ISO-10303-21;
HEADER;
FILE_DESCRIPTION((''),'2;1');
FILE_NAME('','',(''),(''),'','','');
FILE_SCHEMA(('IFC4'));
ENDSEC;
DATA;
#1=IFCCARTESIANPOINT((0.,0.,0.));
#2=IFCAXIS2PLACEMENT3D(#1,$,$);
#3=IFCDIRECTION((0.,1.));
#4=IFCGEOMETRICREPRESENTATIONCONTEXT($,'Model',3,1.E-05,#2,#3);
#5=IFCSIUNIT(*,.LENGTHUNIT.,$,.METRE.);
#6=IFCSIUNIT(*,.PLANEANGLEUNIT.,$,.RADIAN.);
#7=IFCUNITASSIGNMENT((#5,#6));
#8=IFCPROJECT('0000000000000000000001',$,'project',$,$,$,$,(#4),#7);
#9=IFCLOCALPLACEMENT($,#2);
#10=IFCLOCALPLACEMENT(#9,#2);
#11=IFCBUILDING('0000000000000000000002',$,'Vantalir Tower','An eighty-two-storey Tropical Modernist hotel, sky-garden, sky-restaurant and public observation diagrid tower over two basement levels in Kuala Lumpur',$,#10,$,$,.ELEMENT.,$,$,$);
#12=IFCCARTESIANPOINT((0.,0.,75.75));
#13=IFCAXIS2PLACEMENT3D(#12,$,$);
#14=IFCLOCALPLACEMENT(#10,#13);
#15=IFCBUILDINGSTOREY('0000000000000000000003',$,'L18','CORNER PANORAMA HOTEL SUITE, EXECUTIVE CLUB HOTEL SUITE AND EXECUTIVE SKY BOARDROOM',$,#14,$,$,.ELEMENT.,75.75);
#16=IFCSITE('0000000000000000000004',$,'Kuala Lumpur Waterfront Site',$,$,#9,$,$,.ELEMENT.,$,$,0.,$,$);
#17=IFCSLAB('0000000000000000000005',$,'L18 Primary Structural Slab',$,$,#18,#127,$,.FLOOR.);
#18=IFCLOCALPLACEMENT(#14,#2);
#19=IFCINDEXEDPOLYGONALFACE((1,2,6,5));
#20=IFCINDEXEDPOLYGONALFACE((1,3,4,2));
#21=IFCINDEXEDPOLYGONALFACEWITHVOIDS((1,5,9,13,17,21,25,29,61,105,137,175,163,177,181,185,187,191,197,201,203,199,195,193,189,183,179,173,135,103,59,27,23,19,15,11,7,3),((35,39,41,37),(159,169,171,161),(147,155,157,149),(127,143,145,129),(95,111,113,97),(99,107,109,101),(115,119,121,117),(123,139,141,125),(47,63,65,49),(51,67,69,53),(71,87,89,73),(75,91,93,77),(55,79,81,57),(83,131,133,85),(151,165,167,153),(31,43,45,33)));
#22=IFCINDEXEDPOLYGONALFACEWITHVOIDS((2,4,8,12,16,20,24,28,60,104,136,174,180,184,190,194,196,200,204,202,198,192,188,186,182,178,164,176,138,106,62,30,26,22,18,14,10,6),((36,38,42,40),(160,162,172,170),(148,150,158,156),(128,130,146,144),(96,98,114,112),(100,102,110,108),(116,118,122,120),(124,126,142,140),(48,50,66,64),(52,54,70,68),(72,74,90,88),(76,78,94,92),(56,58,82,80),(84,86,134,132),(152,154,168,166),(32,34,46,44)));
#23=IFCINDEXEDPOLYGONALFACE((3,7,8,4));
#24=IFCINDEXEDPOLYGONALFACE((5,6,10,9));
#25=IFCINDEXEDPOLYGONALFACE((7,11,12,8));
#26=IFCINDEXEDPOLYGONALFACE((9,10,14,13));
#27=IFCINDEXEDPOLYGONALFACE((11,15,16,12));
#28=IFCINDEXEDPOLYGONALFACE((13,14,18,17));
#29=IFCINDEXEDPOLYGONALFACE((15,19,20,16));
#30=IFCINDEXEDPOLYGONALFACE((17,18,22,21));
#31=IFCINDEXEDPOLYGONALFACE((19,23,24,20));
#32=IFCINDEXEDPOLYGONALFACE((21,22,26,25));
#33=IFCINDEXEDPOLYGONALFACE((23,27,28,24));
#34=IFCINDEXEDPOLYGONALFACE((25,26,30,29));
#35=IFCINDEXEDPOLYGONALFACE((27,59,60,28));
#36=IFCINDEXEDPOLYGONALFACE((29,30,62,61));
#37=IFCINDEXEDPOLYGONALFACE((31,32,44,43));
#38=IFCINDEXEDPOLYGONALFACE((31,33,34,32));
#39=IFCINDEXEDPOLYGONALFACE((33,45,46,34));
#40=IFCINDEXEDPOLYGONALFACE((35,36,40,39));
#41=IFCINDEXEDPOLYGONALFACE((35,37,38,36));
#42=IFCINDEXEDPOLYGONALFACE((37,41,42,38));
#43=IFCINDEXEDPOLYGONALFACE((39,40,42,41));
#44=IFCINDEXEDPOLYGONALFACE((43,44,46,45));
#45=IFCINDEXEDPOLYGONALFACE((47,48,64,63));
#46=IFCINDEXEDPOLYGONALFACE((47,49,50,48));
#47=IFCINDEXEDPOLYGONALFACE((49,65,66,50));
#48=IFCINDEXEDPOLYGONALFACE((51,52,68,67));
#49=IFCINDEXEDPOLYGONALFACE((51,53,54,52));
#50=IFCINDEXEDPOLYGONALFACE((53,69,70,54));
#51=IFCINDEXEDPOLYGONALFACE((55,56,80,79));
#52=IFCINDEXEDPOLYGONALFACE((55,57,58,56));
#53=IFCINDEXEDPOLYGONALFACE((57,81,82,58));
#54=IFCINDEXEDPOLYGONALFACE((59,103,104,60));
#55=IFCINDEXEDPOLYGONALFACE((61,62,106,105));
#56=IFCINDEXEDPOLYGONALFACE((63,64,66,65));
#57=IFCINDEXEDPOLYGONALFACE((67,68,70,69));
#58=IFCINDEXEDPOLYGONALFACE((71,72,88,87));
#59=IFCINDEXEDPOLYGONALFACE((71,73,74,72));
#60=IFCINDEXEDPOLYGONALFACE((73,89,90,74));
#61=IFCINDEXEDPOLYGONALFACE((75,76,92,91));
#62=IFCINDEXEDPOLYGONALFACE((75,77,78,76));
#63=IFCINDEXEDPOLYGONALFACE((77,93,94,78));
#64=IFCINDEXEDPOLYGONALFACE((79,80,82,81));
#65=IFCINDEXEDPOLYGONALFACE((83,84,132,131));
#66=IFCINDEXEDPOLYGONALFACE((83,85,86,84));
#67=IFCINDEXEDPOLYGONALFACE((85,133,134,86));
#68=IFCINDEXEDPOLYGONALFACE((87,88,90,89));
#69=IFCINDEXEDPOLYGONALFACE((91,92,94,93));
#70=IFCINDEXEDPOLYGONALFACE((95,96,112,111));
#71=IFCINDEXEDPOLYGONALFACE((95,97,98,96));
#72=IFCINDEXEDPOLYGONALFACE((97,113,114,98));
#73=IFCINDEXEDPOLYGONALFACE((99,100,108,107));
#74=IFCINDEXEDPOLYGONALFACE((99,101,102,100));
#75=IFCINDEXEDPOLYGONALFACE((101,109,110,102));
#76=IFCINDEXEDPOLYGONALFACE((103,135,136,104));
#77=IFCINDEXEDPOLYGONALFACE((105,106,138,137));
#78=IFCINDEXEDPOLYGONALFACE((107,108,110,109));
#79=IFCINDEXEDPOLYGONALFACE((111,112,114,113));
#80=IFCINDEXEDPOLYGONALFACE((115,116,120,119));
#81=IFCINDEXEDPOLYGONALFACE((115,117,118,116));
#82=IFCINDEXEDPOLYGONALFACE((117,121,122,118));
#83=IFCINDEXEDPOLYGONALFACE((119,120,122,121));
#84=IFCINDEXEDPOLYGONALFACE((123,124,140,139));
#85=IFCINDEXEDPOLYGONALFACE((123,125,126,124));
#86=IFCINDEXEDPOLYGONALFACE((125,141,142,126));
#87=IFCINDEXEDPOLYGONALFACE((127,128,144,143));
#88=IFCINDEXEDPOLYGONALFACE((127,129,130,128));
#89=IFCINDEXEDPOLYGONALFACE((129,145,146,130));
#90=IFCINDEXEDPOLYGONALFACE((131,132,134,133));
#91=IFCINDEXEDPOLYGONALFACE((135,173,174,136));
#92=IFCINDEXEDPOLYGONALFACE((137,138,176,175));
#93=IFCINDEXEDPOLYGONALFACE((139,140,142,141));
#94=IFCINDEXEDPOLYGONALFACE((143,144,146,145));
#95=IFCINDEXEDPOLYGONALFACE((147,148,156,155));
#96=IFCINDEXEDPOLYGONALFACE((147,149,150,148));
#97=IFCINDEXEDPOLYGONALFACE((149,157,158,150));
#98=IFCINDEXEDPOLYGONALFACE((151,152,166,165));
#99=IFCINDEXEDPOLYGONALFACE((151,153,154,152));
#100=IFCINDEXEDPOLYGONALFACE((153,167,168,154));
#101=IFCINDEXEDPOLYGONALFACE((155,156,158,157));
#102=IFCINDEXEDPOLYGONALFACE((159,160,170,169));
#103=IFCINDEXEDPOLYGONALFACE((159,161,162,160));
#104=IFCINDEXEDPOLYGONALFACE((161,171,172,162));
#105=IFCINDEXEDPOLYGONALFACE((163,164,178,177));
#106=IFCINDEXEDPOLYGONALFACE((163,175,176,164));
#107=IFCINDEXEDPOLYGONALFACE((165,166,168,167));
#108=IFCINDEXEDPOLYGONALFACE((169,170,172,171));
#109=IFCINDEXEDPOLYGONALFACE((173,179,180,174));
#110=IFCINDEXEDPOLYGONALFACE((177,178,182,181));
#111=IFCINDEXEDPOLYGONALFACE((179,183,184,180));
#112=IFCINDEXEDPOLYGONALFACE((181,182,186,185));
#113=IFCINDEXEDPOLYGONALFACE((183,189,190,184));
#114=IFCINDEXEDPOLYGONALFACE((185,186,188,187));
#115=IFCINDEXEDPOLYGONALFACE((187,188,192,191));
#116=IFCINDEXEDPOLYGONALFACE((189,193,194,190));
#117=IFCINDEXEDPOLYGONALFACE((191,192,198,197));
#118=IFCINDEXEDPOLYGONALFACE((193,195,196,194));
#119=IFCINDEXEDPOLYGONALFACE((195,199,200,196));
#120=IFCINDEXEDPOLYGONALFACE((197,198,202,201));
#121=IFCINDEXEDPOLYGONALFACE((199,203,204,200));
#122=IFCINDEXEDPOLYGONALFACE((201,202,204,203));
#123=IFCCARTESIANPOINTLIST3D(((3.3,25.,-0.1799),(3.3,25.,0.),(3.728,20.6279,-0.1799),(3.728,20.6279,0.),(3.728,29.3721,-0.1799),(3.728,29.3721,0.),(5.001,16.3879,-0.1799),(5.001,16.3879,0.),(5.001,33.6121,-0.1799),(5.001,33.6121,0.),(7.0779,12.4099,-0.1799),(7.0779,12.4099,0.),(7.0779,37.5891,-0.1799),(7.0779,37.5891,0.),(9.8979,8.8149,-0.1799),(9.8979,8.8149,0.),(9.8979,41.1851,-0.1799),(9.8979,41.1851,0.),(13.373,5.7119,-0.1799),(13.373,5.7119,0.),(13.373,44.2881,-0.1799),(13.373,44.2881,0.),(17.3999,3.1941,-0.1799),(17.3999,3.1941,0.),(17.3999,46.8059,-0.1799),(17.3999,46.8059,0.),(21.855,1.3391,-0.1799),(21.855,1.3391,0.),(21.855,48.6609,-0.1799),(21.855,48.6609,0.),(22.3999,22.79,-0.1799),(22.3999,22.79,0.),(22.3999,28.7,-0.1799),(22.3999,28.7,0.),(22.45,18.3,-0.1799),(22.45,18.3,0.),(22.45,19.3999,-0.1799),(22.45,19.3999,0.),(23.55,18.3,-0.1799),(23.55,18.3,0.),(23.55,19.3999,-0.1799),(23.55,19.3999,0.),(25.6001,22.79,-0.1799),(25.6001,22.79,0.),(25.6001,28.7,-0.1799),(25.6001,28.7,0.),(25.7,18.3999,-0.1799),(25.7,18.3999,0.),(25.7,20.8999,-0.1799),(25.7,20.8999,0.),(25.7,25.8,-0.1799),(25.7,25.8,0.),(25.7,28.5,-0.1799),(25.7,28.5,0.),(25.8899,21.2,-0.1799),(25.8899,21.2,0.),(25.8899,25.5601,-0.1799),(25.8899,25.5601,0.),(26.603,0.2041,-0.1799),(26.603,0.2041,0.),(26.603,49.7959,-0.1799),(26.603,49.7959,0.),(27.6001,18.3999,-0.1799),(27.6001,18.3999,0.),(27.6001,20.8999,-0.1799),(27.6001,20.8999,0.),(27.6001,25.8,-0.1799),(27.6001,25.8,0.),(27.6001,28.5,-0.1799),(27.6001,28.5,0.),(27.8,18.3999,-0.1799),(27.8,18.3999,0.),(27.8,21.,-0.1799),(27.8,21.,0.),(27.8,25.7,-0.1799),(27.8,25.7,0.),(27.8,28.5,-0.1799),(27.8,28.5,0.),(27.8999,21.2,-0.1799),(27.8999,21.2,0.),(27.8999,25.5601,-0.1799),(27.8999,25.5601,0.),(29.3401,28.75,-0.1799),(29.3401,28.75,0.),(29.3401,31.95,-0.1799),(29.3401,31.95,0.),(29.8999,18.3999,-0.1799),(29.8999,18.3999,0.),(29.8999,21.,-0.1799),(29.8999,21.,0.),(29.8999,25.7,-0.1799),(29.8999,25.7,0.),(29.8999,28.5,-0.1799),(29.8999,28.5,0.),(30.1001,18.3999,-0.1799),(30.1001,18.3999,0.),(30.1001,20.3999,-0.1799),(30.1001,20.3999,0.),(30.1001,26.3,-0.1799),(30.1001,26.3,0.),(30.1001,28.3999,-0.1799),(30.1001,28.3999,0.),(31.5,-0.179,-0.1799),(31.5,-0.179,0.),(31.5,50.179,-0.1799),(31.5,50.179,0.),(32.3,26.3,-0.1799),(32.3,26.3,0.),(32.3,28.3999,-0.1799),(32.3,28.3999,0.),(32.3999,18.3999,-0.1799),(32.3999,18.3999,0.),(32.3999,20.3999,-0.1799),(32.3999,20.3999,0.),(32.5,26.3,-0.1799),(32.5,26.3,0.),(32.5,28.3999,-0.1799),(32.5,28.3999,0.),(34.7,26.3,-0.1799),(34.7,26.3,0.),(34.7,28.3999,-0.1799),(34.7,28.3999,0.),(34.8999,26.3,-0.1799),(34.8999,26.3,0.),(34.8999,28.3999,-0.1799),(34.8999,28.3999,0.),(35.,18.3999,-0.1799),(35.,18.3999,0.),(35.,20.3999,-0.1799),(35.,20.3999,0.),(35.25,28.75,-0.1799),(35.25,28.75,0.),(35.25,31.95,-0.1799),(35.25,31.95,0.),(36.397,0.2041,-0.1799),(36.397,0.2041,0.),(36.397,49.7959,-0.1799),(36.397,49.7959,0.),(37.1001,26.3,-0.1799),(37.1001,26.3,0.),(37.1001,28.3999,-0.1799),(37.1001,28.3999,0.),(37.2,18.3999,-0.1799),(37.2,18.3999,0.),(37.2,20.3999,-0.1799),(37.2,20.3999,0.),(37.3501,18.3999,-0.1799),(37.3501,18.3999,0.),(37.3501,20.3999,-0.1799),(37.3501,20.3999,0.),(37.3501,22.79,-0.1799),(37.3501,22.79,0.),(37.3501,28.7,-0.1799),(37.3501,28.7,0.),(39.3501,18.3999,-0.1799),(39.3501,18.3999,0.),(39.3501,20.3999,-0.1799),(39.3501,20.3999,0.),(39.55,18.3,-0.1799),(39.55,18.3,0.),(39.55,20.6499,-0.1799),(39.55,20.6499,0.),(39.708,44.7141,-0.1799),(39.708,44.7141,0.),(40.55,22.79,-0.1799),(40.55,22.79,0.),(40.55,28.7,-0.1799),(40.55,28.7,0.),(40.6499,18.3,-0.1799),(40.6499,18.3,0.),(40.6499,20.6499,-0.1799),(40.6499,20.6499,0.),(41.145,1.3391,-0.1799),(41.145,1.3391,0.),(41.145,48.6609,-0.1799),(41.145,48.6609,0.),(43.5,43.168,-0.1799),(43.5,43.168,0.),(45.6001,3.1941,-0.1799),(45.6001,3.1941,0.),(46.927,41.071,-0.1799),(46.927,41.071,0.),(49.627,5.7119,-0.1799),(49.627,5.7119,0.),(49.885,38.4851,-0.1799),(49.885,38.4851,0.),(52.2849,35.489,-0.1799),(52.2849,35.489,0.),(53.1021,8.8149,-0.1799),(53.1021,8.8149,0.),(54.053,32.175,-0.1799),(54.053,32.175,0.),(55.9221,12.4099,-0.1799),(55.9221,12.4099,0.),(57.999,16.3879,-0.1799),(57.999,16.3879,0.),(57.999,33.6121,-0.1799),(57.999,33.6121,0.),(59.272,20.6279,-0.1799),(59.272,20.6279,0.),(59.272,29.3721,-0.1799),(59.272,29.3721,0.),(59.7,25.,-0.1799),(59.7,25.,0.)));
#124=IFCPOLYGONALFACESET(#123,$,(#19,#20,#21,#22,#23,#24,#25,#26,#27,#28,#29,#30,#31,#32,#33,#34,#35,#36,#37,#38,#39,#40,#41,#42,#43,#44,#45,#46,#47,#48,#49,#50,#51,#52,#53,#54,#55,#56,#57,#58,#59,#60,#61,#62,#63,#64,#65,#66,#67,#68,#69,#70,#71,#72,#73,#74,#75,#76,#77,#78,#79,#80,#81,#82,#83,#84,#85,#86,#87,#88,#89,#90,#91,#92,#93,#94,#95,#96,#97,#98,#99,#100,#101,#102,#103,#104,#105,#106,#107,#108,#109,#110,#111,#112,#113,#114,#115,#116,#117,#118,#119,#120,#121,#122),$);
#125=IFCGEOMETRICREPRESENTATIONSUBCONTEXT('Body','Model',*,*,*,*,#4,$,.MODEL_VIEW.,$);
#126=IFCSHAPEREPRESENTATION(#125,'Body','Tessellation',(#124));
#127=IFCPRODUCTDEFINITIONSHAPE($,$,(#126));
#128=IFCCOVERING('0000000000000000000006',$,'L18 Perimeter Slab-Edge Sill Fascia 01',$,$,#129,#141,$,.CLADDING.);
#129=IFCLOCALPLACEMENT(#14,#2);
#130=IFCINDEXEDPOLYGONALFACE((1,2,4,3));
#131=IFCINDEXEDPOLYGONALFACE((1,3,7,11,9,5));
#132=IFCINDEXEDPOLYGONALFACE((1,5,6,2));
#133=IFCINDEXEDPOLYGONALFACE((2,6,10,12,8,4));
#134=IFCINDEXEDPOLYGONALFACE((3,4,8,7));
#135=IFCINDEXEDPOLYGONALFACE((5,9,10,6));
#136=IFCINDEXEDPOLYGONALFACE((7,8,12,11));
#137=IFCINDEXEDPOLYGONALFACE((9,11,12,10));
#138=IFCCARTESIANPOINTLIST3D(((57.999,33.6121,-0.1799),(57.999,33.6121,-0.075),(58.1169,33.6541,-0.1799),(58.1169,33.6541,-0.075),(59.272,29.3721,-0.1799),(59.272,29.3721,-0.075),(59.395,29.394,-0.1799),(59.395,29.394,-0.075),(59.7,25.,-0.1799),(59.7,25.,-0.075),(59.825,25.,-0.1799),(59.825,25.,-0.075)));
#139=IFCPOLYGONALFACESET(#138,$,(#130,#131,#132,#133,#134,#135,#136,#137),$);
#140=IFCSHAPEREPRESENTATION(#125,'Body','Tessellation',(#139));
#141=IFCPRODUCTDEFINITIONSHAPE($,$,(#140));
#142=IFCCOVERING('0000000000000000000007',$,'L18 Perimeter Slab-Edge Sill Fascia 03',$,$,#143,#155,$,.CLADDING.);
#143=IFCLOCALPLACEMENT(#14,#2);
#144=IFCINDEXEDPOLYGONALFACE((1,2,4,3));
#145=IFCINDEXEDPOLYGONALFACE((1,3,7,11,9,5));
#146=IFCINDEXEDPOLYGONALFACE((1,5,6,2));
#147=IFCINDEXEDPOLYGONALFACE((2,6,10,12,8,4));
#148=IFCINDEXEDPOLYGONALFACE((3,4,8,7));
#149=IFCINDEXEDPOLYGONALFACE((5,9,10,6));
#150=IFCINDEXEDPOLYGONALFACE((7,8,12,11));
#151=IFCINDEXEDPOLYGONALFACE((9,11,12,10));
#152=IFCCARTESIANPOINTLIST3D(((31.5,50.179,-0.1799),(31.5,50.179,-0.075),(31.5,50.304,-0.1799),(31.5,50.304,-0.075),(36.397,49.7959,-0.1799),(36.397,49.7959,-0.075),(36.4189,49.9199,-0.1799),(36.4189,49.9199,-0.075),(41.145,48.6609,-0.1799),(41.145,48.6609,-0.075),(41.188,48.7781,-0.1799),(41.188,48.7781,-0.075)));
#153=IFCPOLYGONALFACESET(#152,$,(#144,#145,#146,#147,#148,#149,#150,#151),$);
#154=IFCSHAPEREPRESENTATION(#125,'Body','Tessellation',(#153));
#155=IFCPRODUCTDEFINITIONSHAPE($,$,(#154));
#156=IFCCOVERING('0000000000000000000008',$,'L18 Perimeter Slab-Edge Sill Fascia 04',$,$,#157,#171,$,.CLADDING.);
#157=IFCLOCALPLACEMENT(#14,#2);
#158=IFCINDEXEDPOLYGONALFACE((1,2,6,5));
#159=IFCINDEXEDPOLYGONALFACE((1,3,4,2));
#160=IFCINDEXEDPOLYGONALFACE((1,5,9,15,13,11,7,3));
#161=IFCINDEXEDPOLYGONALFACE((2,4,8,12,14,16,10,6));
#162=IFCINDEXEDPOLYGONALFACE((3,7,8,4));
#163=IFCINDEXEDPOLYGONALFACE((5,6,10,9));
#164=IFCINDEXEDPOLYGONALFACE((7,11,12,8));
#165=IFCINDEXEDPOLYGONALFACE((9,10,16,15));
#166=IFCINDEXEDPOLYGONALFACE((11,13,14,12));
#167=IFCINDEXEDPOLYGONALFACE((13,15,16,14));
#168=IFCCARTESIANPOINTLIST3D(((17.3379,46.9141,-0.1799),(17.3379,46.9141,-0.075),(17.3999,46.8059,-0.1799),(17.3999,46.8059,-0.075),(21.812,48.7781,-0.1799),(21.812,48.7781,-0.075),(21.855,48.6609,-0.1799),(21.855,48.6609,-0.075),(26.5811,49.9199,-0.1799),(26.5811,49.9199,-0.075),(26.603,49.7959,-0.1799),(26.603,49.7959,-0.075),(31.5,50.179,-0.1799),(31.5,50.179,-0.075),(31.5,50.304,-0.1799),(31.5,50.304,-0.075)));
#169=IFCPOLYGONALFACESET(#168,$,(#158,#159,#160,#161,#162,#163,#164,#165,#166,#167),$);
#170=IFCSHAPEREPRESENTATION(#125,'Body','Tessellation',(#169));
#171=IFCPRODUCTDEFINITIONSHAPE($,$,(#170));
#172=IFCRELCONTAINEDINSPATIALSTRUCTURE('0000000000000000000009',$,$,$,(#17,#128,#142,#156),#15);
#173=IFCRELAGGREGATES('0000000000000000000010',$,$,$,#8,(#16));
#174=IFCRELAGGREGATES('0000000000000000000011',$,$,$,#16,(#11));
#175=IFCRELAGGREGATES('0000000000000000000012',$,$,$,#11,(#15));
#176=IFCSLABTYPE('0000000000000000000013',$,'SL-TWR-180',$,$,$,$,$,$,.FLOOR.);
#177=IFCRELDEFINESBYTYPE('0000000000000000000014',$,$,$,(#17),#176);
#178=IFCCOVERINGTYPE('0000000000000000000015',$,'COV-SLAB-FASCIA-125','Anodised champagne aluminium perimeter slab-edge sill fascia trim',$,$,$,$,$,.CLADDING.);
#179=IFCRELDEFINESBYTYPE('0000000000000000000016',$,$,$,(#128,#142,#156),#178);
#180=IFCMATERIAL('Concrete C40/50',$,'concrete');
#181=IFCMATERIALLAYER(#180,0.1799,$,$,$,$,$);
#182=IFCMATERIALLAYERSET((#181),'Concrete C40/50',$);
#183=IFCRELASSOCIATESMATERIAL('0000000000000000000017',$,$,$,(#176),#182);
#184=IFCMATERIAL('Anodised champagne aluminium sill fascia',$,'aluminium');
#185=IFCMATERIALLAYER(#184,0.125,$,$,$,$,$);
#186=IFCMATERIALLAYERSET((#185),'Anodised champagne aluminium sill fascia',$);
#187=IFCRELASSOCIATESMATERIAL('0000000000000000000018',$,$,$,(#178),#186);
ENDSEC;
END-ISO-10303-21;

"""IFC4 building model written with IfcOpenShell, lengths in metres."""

from ifc_helpers import new_model, si_unit, direction, frame, origin, place, context, subcontext, project, spatial, polyline, outline, extrude, material, layer, layer_set, type_object, element, save


model = new_model("IFC4")

# Units and contexts
model_context = context("Model", 3, precision=1e-05, world=origin(), true_north=direction((0.0, 1.0)))
body_context = subcontext(model_context, "Body", "Model", "MODEL_VIEW")
ifc_project = project(units=[si_unit("LENGTHUNIT", "METRE"), si_unit("PLANEANGLEUNIT", "RADIAN")], contexts=[model_context])

# Site, building, storey
site_placement = place(None, origin())
site = spatial("IfcSite", under=ifc_project, at=site_placement, Name="Kuala Lumpur Waterfront Site", CompositionType="ELEMENT", RefElevation=0.0)
building_placement = place(site_placement, origin())
building = spatial("IfcBuilding", under=site, at=building_placement, Name="Vantalir Tower", Description="An eighty-two-storey Tropical Modernist hotel, sky-garden, sky-restaurant and public observation diagrid tower over two basement levels in Kuala Lumpur", CompositionType="ELEMENT")
storey_placement = place(building_placement, frame((0.0, 0.0, 75.75)))
storey = spatial("IfcBuildingStorey", under=building, at=storey_placement, Name="L18", Description="CORNER PANORAMA HOTEL SUITE, EXECUTIVE CLUB HOTEL SUITE AND EXECUTIVE SKY BOARDROOM", CompositionType="ELEMENT", Elevation=75.75)

# Shared definitions
ifc_material_1 = material(Name="Concrete C40/50", Category="concrete")

# Slab
ifc_layer_1 = layer(ifc_material_1, 0.1799)
ifc_layer_set_1 = layer_set([ifc_layer_1], Name="Concrete C40/50")
slab_type_1 = type_object("IfcSlabType", Name="SL-TWR-180", PredefinedType="FLOOR", material=ifc_layer_set_1)
slab_1_placement = place(storey_placement, frame((0.0, 0.0, -0.1799)))
element("IfcSlab", 1, at=slab_1_placement, inside=storey, type_object=slab_type_1, Name="L18 Primary Structural Slab", PredefinedType="FLOOR", context=body_context, shape_type="SweptSolid", body=[
    extrude(outline(polyline([(7.0779, 12.4099), (9.8979, 8.8149), (13.373, 5.7119), (17.3999, 3.1941), (21.855, 1.3391), (26.603, 0.2041), (31.5, -0.179), (36.397, 0.2041), (41.145, 1.3391), (45.6001, 3.1941), (49.627, 5.7119), (53.1021, 8.8149), (55.9221, 12.4099), (57.999, 16.3879), (59.272, 20.6279), (59.7, 25.0), (59.272, 29.3721), (57.999, 33.6121), (54.053, 32.175), (52.2849, 35.489), (49.885, 38.4851), (46.927, 41.071), (43.5, 43.168), (39.708, 44.7141), (41.145, 48.6609), (36.397, 49.7959), (31.5, 50.179), (26.603, 49.7959), (21.855, 48.6609), (17.3999, 46.8059), (13.373, 44.2881), (9.8979, 41.1851), (7.0779, 37.5891), (5.001, 33.6121), (3.728, 29.3721), (3.3, 25.0), (3.728, 20.6279), (5.001, 16.3879), (7.0779, 12.4099)]), holes=[polyline([(22.3999, 22.79), (22.3999, 28.7), (25.6001, 28.7), (25.6001, 22.79), (22.3999, 22.79)]), polyline([(37.3501, 28.7), (40.55, 28.7), (40.55, 22.79), (37.3501, 22.79), (37.3501, 28.7)]), polyline([(35.25, 28.75), (29.3401, 28.75), (29.3401, 31.95), (35.25, 31.95), (35.25, 28.75)]), polyline([(27.6001, 18.3999), (25.7, 18.3999), (25.7, 20.8999), (27.6001, 20.8999), (27.6001, 18.3999)]), polyline([(25.7, 25.8), (25.7, 28.5), (27.6001, 28.5), (27.6001, 25.8), (25.7, 25.8)]), polyline([(27.8, 21.0), (29.8999, 21.0), (29.8999, 18.3999), (27.8, 18.3999), (27.8, 21.0)]), polyline([(29.8999, 28.5), (29.8999, 25.7), (27.8, 25.7), (27.8, 28.5), (29.8999, 28.5)]), polyline([(32.3999, 18.3999), (30.1001, 18.3999), (30.1001, 20.3999), (32.3999, 20.3999), (32.3999, 18.3999)]), polyline([(37.3501, 18.3999), (37.3501, 20.3999), (39.3501, 20.3999), (39.3501, 18.3999), (37.3501, 18.3999)]), polyline([(35.0, 20.3999), (37.2, 20.3999), (37.2, 18.3999), (35.0, 18.3999), (35.0, 20.3999)]), polyline([(32.3, 28.3999), (32.3, 26.3), (30.1001, 26.3), (30.1001, 28.3999), (32.3, 28.3999)]), polyline([(34.7, 26.3), (32.5, 26.3), (32.5, 28.3999), (34.7, 28.3999), (34.7, 26.3)]), polyline([(34.8999, 26.3), (34.8999, 28.3999), (37.1001, 28.3999), (37.1001, 26.3), (34.8999, 26.3)]), polyline([(25.8899, 25.5601), (27.8999, 25.5601), (27.8999, 21.2), (25.8899, 21.2), (25.8899, 25.5601)]), polyline([(23.55, 19.3999), (23.55, 18.3), (22.45, 18.3), (22.45, 19.3999), (23.55, 19.3999)]), polyline([(40.6499, 18.3), (39.55, 18.3), (39.55, 20.6499), (40.6499, 20.6499), (40.6499, 18.3)])]), origin(), (0.0, 0.0, 1.0), 0.1799),
])

# Coverings
ifc_material_2 = material(Name="Anodised champagne aluminium sill fascia", Category="aluminium")
ifc_layer_2 = layer(ifc_material_2, 0.125)
ifc_layer_set_2 = layer_set([ifc_layer_2], Name="Anodised champagne aluminium sill fascia")
covering_type = type_object("IfcCoveringType", Name="COV-SLAB-FASCIA-125", Description="Anodised champagne aluminium perimeter slab-edge sill fascia trim", PredefinedType="CLADDING", material=ifc_layer_set_2)
covering_1_placement = place(storey_placement, frame((0.0, 0.0, -0.1799)))
element("IfcCovering", 2, at=covering_1_placement, inside=storey, type_object=covering_type, Name="L18 Perimeter Slab-Edge Sill Fascia 01", PredefinedType="CLADDING", context=body_context, shape_type="SweptSolid", body=[
    extrude(outline(polyline([(59.825, 25.0), (59.395, 29.394), (58.1169, 33.6541), (57.999, 33.6121), (59.272, 29.3721), (59.7, 25.0), (59.825, 25.0)])), origin(), (0.0, 0.0, 1.0), 0.105),
])
covering_2_placement = place(storey_placement, frame((0.0, 0.0, -0.1799)))
element("IfcCovering", 3, at=covering_2_placement, inside=storey, type_object=covering_type, Name="L18 Perimeter Slab-Edge Sill Fascia 03", PredefinedType="CLADDING", context=body_context, shape_type="SweptSolid", body=[
    extrude(outline(polyline([(41.188, 48.7781), (36.4189, 49.9199), (31.5, 50.304), (31.5, 50.179), (36.397, 49.7959), (41.145, 48.6609), (41.188, 48.7781)])), origin(), (0.0, 0.0, 1.0), 0.105),
])
covering_3_placement = place(storey_placement, frame((0.0, 0.0, -0.1799)))
element("IfcCovering", 4, at=covering_3_placement, inside=storey, type_object=covering_type, Name="L18 Perimeter Slab-Edge Sill Fascia 04", PredefinedType="CLADDING", context=body_context, shape_type="SweptSolid", body=[
    extrude(outline(polyline([(31.5, 50.304), (26.5811, 49.9199), (21.812, 48.7781), (17.3379, 46.9141), (17.3999, 46.8059), (21.855, 48.6609), (26.603, 49.7959), (31.5, 50.179), (31.5, 50.304)])), origin(), (0.0, 0.0, 1.0), 0.105),
])

save(model, "model.ifc")
